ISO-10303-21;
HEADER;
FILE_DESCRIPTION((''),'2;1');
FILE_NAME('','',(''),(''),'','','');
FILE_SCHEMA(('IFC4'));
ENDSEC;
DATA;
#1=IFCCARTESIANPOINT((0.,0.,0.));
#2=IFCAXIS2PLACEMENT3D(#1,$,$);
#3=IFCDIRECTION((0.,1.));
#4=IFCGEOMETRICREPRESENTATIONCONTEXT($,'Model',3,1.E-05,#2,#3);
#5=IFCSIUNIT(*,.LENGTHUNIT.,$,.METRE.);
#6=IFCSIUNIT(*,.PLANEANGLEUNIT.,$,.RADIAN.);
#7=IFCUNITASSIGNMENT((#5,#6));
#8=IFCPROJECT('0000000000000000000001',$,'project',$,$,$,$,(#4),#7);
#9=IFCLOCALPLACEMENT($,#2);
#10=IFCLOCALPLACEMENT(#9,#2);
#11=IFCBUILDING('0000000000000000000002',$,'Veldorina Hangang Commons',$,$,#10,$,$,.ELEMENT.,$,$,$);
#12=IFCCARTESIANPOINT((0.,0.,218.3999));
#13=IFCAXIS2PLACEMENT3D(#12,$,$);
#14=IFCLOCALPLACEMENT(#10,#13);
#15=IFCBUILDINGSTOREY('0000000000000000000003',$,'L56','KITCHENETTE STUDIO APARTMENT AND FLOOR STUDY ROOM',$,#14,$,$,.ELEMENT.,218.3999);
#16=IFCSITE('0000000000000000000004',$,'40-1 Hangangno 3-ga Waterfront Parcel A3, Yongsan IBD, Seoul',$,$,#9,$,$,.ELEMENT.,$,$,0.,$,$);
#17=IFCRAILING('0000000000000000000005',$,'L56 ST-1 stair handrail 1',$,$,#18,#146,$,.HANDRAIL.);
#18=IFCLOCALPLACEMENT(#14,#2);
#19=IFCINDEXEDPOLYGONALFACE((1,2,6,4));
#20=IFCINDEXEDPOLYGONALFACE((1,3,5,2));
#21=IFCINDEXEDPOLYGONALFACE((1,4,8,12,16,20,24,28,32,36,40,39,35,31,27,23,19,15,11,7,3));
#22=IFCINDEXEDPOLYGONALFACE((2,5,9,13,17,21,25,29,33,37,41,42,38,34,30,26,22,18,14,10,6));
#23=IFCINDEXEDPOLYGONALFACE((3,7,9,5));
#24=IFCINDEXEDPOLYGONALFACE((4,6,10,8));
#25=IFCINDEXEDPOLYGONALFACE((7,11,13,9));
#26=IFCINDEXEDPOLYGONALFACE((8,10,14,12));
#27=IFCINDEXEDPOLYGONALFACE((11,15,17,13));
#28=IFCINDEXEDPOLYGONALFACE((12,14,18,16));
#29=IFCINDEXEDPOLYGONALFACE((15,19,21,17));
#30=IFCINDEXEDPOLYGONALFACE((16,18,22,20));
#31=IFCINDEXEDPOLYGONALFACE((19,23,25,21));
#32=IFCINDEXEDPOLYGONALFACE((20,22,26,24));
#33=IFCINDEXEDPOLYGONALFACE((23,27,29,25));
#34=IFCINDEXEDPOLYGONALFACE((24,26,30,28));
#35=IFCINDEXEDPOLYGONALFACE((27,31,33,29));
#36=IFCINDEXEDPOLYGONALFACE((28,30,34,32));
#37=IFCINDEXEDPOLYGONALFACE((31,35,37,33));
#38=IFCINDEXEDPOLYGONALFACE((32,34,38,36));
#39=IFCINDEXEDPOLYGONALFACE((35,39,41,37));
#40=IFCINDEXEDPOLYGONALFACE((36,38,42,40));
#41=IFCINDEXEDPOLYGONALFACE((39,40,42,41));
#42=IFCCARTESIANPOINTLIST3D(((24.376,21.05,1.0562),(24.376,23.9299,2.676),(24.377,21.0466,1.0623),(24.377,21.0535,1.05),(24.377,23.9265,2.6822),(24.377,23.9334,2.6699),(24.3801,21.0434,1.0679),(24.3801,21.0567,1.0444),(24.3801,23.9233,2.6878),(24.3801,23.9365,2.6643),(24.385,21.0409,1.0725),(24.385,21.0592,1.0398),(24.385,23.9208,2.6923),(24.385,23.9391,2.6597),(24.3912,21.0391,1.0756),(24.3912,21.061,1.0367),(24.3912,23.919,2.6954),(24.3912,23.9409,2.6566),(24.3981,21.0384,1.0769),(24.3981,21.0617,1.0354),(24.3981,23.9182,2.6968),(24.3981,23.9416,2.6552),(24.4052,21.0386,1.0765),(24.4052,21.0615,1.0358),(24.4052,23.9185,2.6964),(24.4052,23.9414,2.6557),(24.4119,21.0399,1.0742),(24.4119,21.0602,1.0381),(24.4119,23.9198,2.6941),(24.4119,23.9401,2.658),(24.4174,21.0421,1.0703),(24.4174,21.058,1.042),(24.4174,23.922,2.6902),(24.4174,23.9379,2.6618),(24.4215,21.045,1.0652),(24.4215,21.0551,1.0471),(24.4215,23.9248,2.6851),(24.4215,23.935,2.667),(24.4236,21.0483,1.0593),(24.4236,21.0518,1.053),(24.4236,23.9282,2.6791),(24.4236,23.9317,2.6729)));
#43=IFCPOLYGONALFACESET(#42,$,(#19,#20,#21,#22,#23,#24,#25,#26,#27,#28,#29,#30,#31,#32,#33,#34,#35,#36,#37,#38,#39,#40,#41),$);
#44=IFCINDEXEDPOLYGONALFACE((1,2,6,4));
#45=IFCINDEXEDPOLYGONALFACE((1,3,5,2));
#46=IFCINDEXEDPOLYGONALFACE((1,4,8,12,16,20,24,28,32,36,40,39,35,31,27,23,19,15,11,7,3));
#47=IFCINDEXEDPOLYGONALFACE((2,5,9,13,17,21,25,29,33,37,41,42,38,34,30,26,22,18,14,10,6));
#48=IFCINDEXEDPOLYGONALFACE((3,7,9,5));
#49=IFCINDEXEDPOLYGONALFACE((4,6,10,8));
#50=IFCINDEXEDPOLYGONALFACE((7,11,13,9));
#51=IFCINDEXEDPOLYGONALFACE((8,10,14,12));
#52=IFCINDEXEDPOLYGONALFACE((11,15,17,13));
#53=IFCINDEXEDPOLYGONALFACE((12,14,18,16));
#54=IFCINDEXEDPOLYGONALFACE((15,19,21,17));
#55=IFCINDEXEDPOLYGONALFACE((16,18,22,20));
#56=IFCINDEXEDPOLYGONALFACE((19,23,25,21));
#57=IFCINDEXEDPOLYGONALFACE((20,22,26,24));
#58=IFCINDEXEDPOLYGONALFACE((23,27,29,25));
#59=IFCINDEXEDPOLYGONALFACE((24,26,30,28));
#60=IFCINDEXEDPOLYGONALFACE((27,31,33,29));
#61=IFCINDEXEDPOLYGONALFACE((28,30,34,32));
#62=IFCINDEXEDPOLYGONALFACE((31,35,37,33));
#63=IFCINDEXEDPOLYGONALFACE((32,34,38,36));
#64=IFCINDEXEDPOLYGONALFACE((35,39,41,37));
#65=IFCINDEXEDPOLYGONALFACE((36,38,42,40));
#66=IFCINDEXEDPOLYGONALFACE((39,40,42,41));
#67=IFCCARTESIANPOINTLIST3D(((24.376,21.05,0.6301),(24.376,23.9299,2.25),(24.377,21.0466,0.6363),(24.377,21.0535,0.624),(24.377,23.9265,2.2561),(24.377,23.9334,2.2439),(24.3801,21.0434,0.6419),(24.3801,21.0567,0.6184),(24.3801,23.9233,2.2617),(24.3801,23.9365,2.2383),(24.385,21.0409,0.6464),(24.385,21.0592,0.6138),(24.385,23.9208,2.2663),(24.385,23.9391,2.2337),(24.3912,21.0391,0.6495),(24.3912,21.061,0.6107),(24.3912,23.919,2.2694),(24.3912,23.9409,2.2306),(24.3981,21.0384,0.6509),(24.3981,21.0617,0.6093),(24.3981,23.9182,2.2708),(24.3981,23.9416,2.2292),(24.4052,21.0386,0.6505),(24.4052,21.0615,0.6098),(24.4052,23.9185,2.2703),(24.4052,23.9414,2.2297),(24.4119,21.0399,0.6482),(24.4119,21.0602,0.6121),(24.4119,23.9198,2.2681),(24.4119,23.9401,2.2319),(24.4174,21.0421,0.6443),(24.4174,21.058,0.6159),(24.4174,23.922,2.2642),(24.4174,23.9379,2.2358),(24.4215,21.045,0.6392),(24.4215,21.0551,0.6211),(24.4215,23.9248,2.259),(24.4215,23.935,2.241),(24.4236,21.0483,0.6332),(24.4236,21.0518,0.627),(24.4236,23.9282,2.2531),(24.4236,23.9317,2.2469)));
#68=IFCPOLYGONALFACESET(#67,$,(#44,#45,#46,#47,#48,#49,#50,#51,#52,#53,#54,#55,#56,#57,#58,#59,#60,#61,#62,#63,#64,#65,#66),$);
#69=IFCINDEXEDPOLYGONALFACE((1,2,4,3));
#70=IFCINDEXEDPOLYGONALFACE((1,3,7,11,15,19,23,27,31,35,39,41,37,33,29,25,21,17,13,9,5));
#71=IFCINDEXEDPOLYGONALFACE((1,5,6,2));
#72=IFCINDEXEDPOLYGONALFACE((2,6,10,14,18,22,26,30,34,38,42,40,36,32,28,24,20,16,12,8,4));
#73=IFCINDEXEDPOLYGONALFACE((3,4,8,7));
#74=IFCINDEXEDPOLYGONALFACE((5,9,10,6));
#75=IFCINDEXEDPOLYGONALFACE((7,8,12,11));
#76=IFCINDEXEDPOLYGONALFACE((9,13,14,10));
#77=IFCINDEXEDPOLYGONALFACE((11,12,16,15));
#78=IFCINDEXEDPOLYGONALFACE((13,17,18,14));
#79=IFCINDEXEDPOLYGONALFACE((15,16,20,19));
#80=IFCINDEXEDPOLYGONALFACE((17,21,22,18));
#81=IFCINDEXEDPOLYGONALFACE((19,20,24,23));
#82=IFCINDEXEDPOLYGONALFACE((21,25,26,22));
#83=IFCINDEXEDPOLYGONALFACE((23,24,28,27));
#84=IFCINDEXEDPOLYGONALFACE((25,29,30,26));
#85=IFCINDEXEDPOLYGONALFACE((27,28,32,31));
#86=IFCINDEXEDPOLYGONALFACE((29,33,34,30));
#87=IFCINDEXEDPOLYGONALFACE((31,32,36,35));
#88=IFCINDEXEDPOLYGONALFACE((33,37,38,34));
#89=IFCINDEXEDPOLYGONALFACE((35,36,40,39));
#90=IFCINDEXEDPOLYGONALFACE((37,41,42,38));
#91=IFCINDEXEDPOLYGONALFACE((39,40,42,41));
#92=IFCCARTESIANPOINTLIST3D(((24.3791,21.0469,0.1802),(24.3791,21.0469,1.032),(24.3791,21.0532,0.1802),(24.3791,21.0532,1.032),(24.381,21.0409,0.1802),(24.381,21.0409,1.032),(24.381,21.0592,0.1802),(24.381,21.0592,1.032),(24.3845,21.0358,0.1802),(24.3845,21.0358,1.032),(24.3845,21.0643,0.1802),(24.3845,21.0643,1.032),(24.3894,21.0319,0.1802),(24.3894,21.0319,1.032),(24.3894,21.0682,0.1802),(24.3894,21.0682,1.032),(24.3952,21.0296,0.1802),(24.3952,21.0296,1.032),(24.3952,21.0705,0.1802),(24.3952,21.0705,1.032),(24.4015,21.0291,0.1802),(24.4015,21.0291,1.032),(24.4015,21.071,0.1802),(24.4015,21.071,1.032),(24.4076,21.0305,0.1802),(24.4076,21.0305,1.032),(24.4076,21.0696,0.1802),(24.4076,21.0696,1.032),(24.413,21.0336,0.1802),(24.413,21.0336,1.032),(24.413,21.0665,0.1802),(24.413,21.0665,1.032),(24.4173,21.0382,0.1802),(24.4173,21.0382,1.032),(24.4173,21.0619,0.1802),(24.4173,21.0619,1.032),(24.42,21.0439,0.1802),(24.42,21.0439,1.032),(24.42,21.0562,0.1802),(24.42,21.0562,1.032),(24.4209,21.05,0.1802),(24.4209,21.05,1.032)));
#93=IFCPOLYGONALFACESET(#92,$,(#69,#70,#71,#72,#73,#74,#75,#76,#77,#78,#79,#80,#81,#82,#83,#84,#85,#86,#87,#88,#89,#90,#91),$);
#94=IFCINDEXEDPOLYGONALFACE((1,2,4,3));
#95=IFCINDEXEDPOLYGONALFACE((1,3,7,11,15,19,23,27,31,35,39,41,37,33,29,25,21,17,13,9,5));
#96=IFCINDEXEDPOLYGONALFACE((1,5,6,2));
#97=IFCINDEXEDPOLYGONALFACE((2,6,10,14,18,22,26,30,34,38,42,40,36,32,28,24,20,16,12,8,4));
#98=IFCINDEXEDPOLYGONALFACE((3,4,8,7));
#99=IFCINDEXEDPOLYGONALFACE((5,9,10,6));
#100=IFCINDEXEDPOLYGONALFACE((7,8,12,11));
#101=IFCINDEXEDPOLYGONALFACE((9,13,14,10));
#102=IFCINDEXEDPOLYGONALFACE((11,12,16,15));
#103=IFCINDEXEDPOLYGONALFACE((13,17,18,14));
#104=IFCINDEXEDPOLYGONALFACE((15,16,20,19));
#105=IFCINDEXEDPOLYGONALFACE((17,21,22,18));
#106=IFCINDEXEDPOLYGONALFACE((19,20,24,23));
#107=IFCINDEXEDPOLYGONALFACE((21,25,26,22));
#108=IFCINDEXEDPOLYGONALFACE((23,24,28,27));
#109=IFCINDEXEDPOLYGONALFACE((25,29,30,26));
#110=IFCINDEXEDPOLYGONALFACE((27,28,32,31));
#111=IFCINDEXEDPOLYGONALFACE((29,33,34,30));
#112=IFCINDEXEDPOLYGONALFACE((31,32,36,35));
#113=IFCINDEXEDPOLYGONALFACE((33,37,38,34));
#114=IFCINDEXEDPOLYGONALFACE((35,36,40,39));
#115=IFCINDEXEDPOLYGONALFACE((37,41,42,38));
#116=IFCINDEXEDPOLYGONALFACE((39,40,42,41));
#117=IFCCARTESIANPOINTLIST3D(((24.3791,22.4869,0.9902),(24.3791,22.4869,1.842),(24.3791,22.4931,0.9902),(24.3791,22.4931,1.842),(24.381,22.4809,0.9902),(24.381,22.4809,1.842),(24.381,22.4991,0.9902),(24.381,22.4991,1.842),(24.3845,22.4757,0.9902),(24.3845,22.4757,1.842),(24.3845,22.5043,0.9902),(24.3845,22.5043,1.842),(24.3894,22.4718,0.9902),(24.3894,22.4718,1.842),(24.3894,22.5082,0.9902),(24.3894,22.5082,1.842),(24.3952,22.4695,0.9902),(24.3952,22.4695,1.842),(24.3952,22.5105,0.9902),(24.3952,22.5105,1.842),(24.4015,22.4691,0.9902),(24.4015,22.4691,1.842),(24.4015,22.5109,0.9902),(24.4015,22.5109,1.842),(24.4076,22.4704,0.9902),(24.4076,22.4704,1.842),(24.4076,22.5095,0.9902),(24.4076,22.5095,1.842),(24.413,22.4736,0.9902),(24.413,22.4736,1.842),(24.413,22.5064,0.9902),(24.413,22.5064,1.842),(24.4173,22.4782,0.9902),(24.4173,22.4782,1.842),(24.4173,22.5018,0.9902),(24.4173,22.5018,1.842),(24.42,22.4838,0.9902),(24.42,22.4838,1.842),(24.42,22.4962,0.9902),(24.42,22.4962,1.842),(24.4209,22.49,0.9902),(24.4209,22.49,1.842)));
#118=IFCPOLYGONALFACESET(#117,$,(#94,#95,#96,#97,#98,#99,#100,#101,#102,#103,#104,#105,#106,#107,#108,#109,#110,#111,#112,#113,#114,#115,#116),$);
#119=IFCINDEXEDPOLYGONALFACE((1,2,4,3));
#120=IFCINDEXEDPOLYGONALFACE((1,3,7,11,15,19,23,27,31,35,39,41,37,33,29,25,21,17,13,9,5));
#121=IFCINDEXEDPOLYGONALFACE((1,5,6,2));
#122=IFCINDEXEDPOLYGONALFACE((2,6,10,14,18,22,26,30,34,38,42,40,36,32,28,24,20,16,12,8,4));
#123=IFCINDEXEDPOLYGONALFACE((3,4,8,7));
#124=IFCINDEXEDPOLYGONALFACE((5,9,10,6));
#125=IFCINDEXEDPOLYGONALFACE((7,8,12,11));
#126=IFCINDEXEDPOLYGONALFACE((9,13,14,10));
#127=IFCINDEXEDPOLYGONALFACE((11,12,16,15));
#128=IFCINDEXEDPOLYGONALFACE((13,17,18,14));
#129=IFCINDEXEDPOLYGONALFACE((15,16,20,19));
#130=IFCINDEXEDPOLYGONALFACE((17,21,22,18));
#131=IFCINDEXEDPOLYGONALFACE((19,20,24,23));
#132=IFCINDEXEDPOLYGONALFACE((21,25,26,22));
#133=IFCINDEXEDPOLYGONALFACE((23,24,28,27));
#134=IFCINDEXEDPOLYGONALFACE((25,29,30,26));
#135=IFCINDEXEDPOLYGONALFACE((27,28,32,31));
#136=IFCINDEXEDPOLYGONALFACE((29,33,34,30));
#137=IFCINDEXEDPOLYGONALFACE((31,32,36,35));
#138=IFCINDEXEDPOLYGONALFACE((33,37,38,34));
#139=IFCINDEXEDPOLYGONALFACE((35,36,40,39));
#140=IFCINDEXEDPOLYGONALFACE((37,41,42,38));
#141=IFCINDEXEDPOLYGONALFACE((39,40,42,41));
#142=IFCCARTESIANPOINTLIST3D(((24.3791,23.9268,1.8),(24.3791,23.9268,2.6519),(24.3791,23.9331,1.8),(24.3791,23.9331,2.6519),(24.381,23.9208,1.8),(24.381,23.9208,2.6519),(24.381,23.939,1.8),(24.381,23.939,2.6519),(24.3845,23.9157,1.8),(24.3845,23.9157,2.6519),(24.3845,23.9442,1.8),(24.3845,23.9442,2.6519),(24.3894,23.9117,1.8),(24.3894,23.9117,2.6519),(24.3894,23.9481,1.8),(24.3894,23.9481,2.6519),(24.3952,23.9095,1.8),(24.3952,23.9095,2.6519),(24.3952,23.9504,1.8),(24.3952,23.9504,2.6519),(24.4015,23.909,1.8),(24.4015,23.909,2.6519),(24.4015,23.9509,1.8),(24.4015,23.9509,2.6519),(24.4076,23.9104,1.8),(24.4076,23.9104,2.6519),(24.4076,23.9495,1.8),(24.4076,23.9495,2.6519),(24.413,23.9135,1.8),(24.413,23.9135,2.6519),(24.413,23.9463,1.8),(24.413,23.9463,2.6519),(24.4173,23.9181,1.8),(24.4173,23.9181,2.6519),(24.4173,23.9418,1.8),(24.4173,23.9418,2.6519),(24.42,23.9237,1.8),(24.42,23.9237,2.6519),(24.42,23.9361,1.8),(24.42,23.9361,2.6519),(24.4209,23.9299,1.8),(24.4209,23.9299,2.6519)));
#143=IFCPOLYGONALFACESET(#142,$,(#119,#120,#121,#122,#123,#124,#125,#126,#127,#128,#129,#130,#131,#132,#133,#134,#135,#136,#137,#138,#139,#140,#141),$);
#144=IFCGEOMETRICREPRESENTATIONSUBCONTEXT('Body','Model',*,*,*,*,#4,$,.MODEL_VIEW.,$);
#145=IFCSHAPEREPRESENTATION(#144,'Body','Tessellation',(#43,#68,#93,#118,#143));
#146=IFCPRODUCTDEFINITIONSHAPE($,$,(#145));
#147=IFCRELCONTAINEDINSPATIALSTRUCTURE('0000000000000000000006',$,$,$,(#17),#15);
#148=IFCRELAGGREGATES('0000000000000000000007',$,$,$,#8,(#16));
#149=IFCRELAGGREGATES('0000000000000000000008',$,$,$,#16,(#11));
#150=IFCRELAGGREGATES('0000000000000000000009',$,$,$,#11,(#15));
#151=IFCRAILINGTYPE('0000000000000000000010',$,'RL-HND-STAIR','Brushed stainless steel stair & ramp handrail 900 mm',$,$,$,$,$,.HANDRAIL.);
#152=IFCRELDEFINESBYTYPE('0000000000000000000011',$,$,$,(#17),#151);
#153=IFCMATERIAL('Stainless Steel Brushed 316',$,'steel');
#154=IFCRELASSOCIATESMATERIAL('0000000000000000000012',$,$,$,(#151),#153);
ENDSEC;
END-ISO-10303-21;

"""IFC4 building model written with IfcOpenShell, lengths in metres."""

from ifc_helpers import new_model, si_unit, direction, frame, origin, origin_2d, place, context, subcontext, project, spatial, circle, extrude, material, type_object, element, save


model = new_model("IFC4")

# Units and contexts
model_context = context("Model", 3, precision=1e-05, world=origin(), true_north=direction((0.0, 1.0)))
body_context = subcontext(model_context, "Body", "Model", "MODEL_VIEW")
ifc_project = project(units=[si_unit("LENGTHUNIT", "METRE"), si_unit("PLANEANGLEUNIT", "RADIAN")], contexts=[model_context])

# Site, building, storey
site_placement = place(None, origin())
site = spatial("IfcSite", under=ifc_project, at=site_placement, Name="40-1 Hangangno 3-ga Waterfront Parcel A3, Yongsan IBD, Seoul", CompositionType="ELEMENT", RefElevation=0.0)
building_placement = place(site_placement, origin())
building = spatial("IfcBuilding", under=site, at=building_placement, Name="Veldorina Hangang Commons", CompositionType="ELEMENT")
storey_placement = place(building_placement, frame((0.0, 0.0, 218.3999)))
storey = spatial("IfcBuildingStorey", under=building, at=storey_placement, Name="L56", Description="KITCHENETTE STUDIO APARTMENT AND FLOOR STUDY ROOM", CompositionType="ELEMENT", Elevation=218.3999)

# Railing
ifc_material_1 = material(Name="Stainless Steel Brushed 316", Category="steel")
railing_type_1 = type_object("IfcRailingType", Name="RL-HND-STAIR", Description="Brushed stainless steel stair & ramp handrail 900 mm", PredefinedType="HANDRAIL", material=ifc_material_1)
railing_1_placement = place(storey_placement, frame((24.3999, 21.05, 0.1802)))
element("IfcRailing", 1, at=railing_1_placement, inside=storey, type_object=railing_type_1, Name="L56 ST-1 stair handrail 1", PredefinedType="HANDRAIL", context=body_context, shape_type="SweptSolid", body=[
    extrude(circle(Radius=0.0239, at=origin_2d()), frame((0.0, 0.0, 0.876), z_axis=(0.0, 0.871583, 0.490247), x_axis=(-1.0, 0.0, 0.0)), (0.0, 0.0, 1.0), 3.3042),
    extrude(circle(Radius=0.0239, at=origin_2d()), frame((0.0, 0.0, 0.45), z_axis=(0.0, 0.871583, 0.490247), x_axis=(-1.0, 0.0, 0.0)), (0.0, 0.0, 1.0), 3.3042),
    extrude(circle(Radius=0.021, at=origin_2d()), origin(), (0.0, 0.0, 1.0), 0.8518),
    extrude(circle(Radius=0.021, at=origin_2d()), frame((0.0, 1.4399, 0.8101)), (0.0, 0.0, 1.0), 0.8518),
    extrude(circle(Radius=0.021, at=origin_2d()), frame((0.0, 2.8799, 1.6199)), (0.0, 0.0, 1.0), 0.8518),
])

save(model, "model.ifc")
